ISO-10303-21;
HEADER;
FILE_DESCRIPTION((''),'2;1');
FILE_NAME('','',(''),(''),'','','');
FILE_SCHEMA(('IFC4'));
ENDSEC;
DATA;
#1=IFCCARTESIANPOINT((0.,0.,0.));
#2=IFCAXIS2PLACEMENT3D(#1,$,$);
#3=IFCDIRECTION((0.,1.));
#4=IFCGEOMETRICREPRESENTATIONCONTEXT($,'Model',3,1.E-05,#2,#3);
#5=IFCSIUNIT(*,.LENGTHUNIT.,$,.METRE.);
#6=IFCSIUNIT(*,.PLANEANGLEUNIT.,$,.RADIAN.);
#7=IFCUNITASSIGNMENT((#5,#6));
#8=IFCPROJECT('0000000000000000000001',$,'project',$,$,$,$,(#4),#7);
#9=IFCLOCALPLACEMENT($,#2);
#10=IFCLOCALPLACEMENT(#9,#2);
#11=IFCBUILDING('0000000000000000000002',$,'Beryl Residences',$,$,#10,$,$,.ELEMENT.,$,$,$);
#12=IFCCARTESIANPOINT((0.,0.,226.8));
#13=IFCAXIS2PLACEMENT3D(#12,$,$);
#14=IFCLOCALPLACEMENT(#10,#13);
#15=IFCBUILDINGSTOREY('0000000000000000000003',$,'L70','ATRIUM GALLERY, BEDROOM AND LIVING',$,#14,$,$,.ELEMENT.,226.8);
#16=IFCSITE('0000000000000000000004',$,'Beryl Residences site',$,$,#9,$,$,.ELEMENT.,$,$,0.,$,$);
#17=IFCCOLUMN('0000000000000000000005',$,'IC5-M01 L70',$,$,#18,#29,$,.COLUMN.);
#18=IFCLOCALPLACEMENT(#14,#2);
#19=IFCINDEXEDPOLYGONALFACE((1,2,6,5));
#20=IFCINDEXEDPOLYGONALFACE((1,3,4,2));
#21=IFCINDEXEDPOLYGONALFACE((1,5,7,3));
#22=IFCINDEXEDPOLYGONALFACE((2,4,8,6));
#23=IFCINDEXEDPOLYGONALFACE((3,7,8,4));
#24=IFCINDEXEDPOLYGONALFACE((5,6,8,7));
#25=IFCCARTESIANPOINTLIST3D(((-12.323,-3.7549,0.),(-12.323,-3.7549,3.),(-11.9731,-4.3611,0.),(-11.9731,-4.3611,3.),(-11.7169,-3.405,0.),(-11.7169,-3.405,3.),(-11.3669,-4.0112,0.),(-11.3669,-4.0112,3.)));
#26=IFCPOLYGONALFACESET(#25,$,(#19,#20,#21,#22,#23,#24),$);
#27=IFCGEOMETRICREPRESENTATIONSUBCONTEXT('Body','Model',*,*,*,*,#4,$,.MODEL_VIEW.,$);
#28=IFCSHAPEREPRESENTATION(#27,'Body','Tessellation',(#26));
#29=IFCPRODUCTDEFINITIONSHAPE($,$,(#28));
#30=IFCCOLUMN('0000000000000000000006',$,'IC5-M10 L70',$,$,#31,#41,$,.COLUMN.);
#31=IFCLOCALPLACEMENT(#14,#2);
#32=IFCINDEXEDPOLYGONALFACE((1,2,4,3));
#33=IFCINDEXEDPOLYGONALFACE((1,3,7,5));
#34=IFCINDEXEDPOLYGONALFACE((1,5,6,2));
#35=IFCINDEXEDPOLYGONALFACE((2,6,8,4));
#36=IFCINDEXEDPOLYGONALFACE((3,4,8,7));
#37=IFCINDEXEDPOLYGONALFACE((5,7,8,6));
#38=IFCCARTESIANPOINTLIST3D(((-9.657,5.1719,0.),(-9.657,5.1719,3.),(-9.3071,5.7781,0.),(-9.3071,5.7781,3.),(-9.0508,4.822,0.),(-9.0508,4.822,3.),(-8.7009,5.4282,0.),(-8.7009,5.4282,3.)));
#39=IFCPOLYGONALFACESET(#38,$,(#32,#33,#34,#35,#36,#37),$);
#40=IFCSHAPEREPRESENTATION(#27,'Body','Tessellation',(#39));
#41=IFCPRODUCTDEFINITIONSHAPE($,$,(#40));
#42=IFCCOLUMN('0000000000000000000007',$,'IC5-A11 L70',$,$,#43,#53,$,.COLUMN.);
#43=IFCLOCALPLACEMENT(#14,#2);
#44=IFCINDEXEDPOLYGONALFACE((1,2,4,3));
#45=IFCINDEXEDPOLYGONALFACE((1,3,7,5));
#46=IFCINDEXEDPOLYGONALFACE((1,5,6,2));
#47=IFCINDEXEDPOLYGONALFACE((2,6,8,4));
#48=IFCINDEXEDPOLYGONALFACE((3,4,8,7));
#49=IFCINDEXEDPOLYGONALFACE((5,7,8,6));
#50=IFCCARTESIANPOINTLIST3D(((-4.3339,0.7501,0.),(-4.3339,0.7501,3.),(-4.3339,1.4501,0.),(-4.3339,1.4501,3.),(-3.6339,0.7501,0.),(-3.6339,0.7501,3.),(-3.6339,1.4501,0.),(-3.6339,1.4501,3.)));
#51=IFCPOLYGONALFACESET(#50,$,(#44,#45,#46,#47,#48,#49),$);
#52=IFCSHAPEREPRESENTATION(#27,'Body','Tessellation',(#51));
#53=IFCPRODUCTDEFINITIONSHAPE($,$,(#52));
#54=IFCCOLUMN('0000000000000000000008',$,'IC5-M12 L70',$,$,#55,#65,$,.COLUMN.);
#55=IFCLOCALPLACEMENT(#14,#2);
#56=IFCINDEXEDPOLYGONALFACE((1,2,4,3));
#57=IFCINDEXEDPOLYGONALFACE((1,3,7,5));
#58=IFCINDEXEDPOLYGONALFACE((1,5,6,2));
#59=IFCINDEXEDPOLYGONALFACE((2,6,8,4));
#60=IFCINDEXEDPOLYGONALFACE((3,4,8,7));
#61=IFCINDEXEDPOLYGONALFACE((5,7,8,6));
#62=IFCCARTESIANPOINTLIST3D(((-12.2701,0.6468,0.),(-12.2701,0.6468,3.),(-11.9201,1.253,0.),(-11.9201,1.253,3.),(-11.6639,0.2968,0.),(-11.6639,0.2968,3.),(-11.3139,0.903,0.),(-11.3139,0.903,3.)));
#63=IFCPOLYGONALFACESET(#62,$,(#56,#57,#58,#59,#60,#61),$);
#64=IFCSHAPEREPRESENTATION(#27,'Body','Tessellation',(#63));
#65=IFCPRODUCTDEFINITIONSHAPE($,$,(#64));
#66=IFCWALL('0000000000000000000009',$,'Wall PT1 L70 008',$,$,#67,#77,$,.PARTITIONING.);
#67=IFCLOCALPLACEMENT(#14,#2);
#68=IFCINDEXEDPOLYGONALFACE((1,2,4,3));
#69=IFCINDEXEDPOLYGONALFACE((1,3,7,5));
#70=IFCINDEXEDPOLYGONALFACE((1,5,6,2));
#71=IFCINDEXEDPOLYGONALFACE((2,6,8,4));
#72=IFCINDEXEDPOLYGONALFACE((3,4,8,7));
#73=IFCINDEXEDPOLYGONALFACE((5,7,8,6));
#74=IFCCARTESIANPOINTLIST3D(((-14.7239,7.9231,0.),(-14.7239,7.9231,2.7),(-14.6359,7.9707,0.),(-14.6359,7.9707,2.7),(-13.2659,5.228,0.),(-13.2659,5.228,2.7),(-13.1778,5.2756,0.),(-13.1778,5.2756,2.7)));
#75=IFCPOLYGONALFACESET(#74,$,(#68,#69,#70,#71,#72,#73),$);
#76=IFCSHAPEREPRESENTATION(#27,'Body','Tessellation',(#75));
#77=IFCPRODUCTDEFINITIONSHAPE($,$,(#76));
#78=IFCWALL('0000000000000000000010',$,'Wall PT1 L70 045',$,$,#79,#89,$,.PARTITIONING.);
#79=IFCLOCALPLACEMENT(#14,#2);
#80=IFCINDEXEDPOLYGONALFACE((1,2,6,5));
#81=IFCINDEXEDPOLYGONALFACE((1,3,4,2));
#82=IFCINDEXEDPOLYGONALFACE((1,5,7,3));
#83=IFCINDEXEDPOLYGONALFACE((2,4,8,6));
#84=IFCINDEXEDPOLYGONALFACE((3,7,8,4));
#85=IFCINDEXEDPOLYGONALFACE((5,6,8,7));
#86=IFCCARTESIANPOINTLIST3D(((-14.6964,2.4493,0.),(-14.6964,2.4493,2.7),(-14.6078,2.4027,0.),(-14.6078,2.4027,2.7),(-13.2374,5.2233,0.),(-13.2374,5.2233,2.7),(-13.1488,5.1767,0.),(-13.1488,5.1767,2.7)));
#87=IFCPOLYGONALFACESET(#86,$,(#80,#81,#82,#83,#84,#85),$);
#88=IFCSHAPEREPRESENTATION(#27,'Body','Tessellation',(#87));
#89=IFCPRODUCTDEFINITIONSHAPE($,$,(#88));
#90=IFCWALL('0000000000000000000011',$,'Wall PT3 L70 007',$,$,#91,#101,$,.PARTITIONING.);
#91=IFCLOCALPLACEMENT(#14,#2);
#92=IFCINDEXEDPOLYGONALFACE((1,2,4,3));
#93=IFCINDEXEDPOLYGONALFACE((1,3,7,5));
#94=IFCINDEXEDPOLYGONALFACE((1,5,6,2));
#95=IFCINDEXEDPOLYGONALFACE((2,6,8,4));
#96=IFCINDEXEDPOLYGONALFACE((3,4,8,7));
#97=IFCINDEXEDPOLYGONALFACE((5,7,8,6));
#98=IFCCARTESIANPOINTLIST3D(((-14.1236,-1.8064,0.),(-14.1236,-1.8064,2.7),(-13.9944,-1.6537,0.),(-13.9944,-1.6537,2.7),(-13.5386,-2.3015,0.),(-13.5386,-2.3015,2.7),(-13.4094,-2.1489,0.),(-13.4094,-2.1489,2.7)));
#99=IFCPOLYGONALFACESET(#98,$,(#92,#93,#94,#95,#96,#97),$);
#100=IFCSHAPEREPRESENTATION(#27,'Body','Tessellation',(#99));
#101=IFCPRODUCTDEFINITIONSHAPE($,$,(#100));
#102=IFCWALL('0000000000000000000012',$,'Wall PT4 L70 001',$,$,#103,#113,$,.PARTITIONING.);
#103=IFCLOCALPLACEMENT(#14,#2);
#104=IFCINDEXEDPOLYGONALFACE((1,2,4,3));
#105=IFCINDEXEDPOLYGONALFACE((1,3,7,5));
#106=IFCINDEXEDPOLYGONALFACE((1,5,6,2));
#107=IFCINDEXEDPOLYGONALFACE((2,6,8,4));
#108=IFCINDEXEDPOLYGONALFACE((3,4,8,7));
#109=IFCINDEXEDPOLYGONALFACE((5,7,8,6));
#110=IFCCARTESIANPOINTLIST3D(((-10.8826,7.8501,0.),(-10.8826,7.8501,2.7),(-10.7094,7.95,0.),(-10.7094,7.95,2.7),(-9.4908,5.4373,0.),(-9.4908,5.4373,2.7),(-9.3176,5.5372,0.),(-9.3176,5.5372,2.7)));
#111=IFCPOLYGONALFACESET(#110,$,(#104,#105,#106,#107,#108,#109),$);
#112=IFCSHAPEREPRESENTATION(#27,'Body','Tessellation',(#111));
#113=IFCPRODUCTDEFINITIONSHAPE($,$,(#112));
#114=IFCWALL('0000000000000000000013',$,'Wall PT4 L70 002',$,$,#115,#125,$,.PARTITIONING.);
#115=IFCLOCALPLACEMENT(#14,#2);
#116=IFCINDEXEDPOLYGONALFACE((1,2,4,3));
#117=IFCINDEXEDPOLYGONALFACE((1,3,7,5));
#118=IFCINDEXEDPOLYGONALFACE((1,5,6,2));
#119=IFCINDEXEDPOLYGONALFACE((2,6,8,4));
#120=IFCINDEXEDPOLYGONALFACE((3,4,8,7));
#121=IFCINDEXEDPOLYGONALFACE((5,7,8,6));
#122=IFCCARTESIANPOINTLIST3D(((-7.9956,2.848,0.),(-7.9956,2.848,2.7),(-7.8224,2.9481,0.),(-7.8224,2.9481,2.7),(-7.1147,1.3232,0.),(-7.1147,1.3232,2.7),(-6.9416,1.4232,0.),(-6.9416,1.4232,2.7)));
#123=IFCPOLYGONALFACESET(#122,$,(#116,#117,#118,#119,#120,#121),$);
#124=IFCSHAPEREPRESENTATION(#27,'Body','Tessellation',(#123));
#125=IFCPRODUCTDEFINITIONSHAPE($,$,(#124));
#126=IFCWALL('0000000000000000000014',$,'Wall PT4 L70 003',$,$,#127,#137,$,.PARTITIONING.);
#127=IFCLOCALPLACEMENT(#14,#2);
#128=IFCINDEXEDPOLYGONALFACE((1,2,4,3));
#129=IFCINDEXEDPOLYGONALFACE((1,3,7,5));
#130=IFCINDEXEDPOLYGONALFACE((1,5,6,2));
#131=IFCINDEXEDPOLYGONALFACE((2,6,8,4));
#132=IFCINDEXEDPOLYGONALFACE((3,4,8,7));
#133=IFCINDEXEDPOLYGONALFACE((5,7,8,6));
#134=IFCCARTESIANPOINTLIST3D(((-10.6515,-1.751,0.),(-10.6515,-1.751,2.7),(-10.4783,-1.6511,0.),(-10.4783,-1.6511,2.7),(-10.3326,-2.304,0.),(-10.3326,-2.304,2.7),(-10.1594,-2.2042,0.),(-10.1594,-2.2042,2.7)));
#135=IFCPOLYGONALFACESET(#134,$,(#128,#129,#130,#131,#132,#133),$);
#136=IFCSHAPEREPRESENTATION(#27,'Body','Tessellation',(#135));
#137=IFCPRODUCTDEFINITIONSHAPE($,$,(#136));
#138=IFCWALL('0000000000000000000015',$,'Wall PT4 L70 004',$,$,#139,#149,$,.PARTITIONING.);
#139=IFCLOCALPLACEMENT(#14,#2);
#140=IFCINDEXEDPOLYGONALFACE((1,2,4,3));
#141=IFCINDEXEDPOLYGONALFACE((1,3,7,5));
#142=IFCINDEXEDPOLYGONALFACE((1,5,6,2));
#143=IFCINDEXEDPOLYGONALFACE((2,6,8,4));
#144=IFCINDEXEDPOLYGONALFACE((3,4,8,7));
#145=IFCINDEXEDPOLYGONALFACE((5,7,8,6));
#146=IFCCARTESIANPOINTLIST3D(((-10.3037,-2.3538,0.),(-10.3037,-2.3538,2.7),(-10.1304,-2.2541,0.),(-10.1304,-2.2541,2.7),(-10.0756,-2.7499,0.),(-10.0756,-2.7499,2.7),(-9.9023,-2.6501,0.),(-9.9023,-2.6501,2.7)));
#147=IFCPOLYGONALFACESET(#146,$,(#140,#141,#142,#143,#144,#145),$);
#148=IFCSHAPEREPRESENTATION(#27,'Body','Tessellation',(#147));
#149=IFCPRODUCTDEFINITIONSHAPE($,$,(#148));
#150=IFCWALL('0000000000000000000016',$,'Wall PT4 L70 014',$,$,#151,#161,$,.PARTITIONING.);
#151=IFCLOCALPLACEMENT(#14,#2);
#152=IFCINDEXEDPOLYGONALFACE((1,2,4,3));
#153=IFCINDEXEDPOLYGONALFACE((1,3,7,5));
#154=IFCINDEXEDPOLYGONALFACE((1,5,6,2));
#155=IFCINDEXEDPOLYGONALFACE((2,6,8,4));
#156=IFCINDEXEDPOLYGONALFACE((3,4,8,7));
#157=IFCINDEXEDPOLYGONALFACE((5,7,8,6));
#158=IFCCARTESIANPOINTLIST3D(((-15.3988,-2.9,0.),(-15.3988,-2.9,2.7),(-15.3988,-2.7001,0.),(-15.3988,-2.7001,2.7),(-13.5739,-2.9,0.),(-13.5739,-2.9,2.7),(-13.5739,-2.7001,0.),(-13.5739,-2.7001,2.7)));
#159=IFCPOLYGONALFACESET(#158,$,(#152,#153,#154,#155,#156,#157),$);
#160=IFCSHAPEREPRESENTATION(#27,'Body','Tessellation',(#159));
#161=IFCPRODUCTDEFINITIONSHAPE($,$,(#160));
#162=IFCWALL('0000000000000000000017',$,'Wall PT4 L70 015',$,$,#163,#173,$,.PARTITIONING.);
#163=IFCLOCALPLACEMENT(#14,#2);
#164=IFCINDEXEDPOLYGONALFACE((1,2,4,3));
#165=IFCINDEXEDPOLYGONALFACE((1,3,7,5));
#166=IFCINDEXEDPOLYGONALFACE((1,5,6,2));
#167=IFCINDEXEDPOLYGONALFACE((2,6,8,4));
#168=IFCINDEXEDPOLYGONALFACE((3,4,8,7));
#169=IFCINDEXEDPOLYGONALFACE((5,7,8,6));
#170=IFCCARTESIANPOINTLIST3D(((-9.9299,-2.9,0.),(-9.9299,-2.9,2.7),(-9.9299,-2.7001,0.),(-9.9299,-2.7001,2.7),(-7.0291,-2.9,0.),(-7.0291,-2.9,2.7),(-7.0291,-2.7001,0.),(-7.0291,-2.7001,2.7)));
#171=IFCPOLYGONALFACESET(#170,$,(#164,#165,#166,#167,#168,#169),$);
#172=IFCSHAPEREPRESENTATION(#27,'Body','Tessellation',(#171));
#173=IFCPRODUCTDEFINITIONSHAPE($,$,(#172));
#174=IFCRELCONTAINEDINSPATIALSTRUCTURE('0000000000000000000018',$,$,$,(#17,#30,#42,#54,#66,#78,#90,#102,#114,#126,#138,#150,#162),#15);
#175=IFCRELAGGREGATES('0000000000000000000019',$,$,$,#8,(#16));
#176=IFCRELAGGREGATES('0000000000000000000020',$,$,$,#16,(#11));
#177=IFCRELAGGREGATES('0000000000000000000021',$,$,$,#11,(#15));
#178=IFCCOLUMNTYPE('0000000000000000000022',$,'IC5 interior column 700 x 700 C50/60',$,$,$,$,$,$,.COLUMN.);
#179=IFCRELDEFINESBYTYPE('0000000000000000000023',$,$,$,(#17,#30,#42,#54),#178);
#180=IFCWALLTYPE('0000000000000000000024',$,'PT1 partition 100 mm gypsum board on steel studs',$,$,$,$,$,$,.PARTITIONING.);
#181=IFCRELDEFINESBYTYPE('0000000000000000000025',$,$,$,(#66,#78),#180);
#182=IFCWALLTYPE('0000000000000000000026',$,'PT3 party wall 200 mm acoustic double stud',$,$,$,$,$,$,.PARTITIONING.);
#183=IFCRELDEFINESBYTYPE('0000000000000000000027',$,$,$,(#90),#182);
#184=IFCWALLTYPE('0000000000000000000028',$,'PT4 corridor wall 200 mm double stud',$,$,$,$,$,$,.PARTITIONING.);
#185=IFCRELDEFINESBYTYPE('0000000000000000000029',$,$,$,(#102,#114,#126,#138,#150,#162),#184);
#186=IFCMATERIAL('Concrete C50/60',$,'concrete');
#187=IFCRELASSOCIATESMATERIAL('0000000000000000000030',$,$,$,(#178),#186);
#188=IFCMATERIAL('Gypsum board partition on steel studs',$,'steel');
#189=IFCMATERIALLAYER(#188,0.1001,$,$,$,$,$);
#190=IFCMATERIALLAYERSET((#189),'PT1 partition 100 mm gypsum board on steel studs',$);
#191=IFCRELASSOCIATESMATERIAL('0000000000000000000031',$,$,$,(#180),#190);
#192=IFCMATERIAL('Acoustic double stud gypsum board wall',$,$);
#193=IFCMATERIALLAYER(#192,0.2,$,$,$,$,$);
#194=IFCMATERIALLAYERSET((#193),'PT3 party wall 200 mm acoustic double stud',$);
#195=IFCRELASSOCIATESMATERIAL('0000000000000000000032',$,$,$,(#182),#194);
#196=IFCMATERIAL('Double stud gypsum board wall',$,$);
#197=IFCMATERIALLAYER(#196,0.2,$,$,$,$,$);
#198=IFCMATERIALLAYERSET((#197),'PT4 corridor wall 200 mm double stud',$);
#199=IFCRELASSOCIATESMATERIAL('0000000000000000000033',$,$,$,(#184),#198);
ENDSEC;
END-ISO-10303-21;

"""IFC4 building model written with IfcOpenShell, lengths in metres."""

from ifc_helpers import new_model, si_unit, direction, frame, frame_2d, origin, origin_2d, place, context, subcontext, project, spatial, rectangle, extrude, material, layer, layer_set, material_profile, profile_set, type_object, element, save


model = new_model("IFC4")

# Units and contexts
model_context = context("Model", 3, precision=1e-05, world=origin(), true_north=direction((0.0, 1.0)))
body_context = subcontext(model_context, "Body", "Model", "MODEL_VIEW")
ifc_project = project(units=[si_unit("LENGTHUNIT", "METRE"), si_unit("PLANEANGLEUNIT", "RADIAN")], contexts=[model_context])

# Site, building, storey
site_placement = place(None, origin())
site = spatial("IfcSite", under=ifc_project, at=site_placement, Name="Beryl Residences site", CompositionType="ELEMENT", RefElevation=0.0)
building_placement = place(site_placement, origin())
building = spatial("IfcBuilding", under=site, at=building_placement, Name="Beryl Residences", CompositionType="ELEMENT")
storey_placement = place(building_placement, frame((0.0, 0.0, 226.8)))
storey = spatial("IfcBuildingStorey", under=building, at=storey_placement, Name="L70", Description="ATRIUM GALLERY, BEDROOM AND LIVING", CompositionType="ELEMENT", Elevation=226.8)

# Columns
ifc_material_1 = material(Name="Concrete C50/60", Category="concrete")
ifc_material_profile = material_profile(ifc_material_1, rectangle(XDim=0.7, YDim=0.7, at=origin_2d()))
ifc_profile_set = profile_set([ifc_material_profile], Name="Concrete C50/60")
column_type = type_object("IfcColumnType", Name="IC5 interior column 700 x 700 C50/60", PredefinedType="COLUMN", material=ifc_profile_set)
for number, where, z_axis, x_axis, name in (
    (1, (-11.845, -3.8831, 0.0), (0.0, 0.0, 1.0), (0.499985, -0.866034, 0.0), "IC5-M01 L70"),
    (2, (-9.179, 5.3, 0.0), (0.0, 0.0, 1.0), (-0.49997, -0.866043, 0.0), "IC5-M10 L70"),
    (3, (-3.9839, 1.1001, 0.0), (0.0, 0.0, 1.0), (1.0, 0.0, 0.0), "IC5-A11 L70"),
    (4, (-11.792, 0.7749, 0.0), (0.0, 0.0, 1.0), (-0.49997, -0.866043, 0.0), "IC5-M12 L70"),
):
    element("IfcColumn", number, at=place(storey_placement, frame(where, z_axis=z_axis, x_axis=x_axis)), inside=storey, type_object=column_type, Name=name, PredefinedType="COLUMN", context=body_context, shape_type="SweptSolid", body=[
        extrude(rectangle(XDim=0.7, YDim=0.7, at=origin_2d()), origin(), (0.0, 0.0, 1.0), 3.0),
    ])

# Walls
ifc_material_2 = material(Name="Gypsum board partition on steel studs", Category="steel")
ifc_layer_1 = layer(ifc_material_2, 0.1001)
ifc_layer_set_1 = layer_set([ifc_layer_1], Name="PT1 partition 100 mm gypsum board on steel studs")
wall_type_1 = type_object("IfcWallType", Name="PT1 partition 100 mm gypsum board on steel studs", PredefinedType="PARTITIONING", material=ifc_layer_set_1)
wall_1_placement = place(storey_placement, frame((-14.6799, 7.947, 0.0), z_axis=(0.0, 0.0, 1.0), x_axis=(0.475824, -0.879541, 0.0)))
element("IfcWall", 5, at=wall_1_placement, inside=storey, type_object=wall_type_1, Name="Wall PT1 L70 008", PredefinedType="PARTITIONING", context=body_context, shape_type="SweptSolid", body=[
    extrude(rectangle(XDim=3.0642, YDim=0.1001, at=frame_2d((1.5322, 0.0))), origin(), (0.0, 0.0, 1.0), 2.7),
])
wall_2_placement = place(storey_placement, frame((-14.6521, 2.426, 0.0), z_axis=(0.0, 0.0, 1.0), x_axis=(0.465502, 0.885047, 0.0)))
element("IfcWall", 6, at=wall_2_placement, inside=storey, type_object=wall_type_1, Name="Wall PT1 L70 045", PredefinedType="PARTITIONING", context=body_context, shape_type="SweptSolid", body=[
    extrude(rectangle(XDim=3.1343, YDim=0.1001, at=frame_2d((1.5671, 0.0))), origin(), (0.0, 0.0, 1.0), 2.7),
])
ifc_material_3 = material(Name="Acoustic double stud gypsum board wall")
ifc_layer_2 = layer(ifc_material_3, 0.2)
ifc_layer_set_2 = layer_set([ifc_layer_2], Name="PT3 party wall 200 mm acoustic double stud")
wall_type_2 = type_object("IfcWallType", Name="PT3 party wall 200 mm acoustic double stud", PredefinedType="PARTITIONING", material=ifc_layer_set_2)
wall_3_placement = place(storey_placement, frame((-14.0591, -1.73, 0.0), z_axis=(0.0, 0.0, 1.0), x_axis=(0.76329, -0.646056, 0.0)))
element("IfcWall", 7, at=wall_3_placement, inside=storey, type_object=wall_type_2, Name="Wall PT3 L70 007", PredefinedType="PARTITIONING", context=body_context, shape_type="SweptSolid", body=[
    extrude(rectangle(XDim=0.7664, YDim=0.2, at=frame_2d((0.3833, 0.0))), origin(), (0.0, 0.0, 1.0), 2.7),
])
ifc_material_4 = material(Name="Double stud gypsum board wall")
ifc_layer_3 = layer(ifc_material_4, 0.2)
ifc_layer_set_3 = layer_set([ifc_layer_3], Name="PT4 corridor wall 200 mm double stud")
wall_type_3 = type_object("IfcWallType", Name="PT4 corridor wall 200 mm double stud", PredefinedType="PARTITIONING", material=ifc_layer_set_3)
wall_4_placement = place(storey_placement, frame((-10.7959, 7.8999, 0.0), z_axis=(0.0, 0.0, 1.0), x_axis=(0.499674, -0.866213, 0.0)))
element("IfcWall", 8, at=wall_4_placement, inside=storey, type_object=wall_type_3, Name="Wall PT4 L70 001", PredefinedType="PARTITIONING", context=body_context, shape_type="SweptSolid", body=[
    extrude(rectangle(XDim=2.7854, YDim=0.2, at=frame_2d((1.3926, 0.0))), origin(), (0.0, 0.0, 1.0), 2.7),
])
wall_5_placement = place(storey_placement, frame((-7.9089, 2.8979, 0.0), z_axis=(0.0, 0.0, 1.0), x_axis=(0.500194, -0.865913, 0.0)))
element("IfcWall", 9, at=wall_5_placement, inside=storey, type_object=wall_type_3, Name="Wall PT4 L70 002", PredefinedType="PARTITIONING", context=body_context, shape_type="SweptSolid", body=[
    extrude(rectangle(XDim=1.761, YDim=0.2, at=frame_2d((0.8804, 0.0))), origin(), (0.0, 0.0, 1.0), 2.7),
])
wall_6_placement = place(storey_placement, frame((-10.5649, -1.7009, 0.0), z_axis=(0.0, 0.0, 1.0), x_axis=(0.499513, -0.866307, 0.0)))
element("IfcWall", 10, at=wall_6_placement, inside=storey, type_object=wall_type_3, Name="Wall PT4 L70 003", PredefinedType="PARTITIONING", context=body_context, shape_type="SweptSolid", body=[
    extrude(rectangle(XDim=0.6384, YDim=0.2, at=frame_2d((0.3193, 0.0))), origin(), (0.0, 0.0, 1.0), 2.7),
])
wall_7_placement = place(storey_placement, frame((-10.217, -2.304, 0.0), z_axis=(0.0, 0.0, 1.0), x_axis=(0.499013, -0.866594, 0.0)))
element("IfcWall", 11, at=wall_7_placement, inside=storey, type_object=wall_type_3, Name="Wall PT4 L70 004", PredefinedType="PARTITIONING", context=body_context, shape_type="SweptSolid", body=[
    extrude(rectangle(XDim=0.457, YDim=0.2, at=frame_2d((0.2285, 0.0))), origin(), (0.0, 0.0, 1.0), 2.7),
])
wall_8_placement = place(storey_placement, frame((-15.3989, -2.8, 0.0), z_axis=(0.0, 0.0, 1.0), x_axis=(1.0, 0.0, 0.0)))
element("IfcWall", 12, at=wall_8_placement, inside=storey, type_object=wall_type_3, Name="Wall PT4 L70 014", PredefinedType="PARTITIONING", context=body_context, shape_type="SweptSolid", body=[
    extrude(rectangle(XDim=1.825, YDim=0.2, at=frame_2d((0.9126, 0.0))), origin(), (0.0, 0.0, 1.0), 2.7),
])
wall_9_placement = place(storey_placement, frame((-9.9299, -2.8, 0.0), z_axis=(0.0, 0.0, 1.0), x_axis=(1.0, 0.0, 0.0)))
element("IfcWall", 13, at=wall_9_placement, inside=storey, type_object=wall_type_3, Name="Wall PT4 L70 015", PredefinedType="PARTITIONING", context=body_context, shape_type="SweptSolid", body=[
    extrude(rectangle(XDim=2.9009, YDim=0.2, at=frame_2d((1.4504, 0.0))), origin(), (0.0, 0.0, 1.0), 2.7),
])

save(model, "model.ifc")
